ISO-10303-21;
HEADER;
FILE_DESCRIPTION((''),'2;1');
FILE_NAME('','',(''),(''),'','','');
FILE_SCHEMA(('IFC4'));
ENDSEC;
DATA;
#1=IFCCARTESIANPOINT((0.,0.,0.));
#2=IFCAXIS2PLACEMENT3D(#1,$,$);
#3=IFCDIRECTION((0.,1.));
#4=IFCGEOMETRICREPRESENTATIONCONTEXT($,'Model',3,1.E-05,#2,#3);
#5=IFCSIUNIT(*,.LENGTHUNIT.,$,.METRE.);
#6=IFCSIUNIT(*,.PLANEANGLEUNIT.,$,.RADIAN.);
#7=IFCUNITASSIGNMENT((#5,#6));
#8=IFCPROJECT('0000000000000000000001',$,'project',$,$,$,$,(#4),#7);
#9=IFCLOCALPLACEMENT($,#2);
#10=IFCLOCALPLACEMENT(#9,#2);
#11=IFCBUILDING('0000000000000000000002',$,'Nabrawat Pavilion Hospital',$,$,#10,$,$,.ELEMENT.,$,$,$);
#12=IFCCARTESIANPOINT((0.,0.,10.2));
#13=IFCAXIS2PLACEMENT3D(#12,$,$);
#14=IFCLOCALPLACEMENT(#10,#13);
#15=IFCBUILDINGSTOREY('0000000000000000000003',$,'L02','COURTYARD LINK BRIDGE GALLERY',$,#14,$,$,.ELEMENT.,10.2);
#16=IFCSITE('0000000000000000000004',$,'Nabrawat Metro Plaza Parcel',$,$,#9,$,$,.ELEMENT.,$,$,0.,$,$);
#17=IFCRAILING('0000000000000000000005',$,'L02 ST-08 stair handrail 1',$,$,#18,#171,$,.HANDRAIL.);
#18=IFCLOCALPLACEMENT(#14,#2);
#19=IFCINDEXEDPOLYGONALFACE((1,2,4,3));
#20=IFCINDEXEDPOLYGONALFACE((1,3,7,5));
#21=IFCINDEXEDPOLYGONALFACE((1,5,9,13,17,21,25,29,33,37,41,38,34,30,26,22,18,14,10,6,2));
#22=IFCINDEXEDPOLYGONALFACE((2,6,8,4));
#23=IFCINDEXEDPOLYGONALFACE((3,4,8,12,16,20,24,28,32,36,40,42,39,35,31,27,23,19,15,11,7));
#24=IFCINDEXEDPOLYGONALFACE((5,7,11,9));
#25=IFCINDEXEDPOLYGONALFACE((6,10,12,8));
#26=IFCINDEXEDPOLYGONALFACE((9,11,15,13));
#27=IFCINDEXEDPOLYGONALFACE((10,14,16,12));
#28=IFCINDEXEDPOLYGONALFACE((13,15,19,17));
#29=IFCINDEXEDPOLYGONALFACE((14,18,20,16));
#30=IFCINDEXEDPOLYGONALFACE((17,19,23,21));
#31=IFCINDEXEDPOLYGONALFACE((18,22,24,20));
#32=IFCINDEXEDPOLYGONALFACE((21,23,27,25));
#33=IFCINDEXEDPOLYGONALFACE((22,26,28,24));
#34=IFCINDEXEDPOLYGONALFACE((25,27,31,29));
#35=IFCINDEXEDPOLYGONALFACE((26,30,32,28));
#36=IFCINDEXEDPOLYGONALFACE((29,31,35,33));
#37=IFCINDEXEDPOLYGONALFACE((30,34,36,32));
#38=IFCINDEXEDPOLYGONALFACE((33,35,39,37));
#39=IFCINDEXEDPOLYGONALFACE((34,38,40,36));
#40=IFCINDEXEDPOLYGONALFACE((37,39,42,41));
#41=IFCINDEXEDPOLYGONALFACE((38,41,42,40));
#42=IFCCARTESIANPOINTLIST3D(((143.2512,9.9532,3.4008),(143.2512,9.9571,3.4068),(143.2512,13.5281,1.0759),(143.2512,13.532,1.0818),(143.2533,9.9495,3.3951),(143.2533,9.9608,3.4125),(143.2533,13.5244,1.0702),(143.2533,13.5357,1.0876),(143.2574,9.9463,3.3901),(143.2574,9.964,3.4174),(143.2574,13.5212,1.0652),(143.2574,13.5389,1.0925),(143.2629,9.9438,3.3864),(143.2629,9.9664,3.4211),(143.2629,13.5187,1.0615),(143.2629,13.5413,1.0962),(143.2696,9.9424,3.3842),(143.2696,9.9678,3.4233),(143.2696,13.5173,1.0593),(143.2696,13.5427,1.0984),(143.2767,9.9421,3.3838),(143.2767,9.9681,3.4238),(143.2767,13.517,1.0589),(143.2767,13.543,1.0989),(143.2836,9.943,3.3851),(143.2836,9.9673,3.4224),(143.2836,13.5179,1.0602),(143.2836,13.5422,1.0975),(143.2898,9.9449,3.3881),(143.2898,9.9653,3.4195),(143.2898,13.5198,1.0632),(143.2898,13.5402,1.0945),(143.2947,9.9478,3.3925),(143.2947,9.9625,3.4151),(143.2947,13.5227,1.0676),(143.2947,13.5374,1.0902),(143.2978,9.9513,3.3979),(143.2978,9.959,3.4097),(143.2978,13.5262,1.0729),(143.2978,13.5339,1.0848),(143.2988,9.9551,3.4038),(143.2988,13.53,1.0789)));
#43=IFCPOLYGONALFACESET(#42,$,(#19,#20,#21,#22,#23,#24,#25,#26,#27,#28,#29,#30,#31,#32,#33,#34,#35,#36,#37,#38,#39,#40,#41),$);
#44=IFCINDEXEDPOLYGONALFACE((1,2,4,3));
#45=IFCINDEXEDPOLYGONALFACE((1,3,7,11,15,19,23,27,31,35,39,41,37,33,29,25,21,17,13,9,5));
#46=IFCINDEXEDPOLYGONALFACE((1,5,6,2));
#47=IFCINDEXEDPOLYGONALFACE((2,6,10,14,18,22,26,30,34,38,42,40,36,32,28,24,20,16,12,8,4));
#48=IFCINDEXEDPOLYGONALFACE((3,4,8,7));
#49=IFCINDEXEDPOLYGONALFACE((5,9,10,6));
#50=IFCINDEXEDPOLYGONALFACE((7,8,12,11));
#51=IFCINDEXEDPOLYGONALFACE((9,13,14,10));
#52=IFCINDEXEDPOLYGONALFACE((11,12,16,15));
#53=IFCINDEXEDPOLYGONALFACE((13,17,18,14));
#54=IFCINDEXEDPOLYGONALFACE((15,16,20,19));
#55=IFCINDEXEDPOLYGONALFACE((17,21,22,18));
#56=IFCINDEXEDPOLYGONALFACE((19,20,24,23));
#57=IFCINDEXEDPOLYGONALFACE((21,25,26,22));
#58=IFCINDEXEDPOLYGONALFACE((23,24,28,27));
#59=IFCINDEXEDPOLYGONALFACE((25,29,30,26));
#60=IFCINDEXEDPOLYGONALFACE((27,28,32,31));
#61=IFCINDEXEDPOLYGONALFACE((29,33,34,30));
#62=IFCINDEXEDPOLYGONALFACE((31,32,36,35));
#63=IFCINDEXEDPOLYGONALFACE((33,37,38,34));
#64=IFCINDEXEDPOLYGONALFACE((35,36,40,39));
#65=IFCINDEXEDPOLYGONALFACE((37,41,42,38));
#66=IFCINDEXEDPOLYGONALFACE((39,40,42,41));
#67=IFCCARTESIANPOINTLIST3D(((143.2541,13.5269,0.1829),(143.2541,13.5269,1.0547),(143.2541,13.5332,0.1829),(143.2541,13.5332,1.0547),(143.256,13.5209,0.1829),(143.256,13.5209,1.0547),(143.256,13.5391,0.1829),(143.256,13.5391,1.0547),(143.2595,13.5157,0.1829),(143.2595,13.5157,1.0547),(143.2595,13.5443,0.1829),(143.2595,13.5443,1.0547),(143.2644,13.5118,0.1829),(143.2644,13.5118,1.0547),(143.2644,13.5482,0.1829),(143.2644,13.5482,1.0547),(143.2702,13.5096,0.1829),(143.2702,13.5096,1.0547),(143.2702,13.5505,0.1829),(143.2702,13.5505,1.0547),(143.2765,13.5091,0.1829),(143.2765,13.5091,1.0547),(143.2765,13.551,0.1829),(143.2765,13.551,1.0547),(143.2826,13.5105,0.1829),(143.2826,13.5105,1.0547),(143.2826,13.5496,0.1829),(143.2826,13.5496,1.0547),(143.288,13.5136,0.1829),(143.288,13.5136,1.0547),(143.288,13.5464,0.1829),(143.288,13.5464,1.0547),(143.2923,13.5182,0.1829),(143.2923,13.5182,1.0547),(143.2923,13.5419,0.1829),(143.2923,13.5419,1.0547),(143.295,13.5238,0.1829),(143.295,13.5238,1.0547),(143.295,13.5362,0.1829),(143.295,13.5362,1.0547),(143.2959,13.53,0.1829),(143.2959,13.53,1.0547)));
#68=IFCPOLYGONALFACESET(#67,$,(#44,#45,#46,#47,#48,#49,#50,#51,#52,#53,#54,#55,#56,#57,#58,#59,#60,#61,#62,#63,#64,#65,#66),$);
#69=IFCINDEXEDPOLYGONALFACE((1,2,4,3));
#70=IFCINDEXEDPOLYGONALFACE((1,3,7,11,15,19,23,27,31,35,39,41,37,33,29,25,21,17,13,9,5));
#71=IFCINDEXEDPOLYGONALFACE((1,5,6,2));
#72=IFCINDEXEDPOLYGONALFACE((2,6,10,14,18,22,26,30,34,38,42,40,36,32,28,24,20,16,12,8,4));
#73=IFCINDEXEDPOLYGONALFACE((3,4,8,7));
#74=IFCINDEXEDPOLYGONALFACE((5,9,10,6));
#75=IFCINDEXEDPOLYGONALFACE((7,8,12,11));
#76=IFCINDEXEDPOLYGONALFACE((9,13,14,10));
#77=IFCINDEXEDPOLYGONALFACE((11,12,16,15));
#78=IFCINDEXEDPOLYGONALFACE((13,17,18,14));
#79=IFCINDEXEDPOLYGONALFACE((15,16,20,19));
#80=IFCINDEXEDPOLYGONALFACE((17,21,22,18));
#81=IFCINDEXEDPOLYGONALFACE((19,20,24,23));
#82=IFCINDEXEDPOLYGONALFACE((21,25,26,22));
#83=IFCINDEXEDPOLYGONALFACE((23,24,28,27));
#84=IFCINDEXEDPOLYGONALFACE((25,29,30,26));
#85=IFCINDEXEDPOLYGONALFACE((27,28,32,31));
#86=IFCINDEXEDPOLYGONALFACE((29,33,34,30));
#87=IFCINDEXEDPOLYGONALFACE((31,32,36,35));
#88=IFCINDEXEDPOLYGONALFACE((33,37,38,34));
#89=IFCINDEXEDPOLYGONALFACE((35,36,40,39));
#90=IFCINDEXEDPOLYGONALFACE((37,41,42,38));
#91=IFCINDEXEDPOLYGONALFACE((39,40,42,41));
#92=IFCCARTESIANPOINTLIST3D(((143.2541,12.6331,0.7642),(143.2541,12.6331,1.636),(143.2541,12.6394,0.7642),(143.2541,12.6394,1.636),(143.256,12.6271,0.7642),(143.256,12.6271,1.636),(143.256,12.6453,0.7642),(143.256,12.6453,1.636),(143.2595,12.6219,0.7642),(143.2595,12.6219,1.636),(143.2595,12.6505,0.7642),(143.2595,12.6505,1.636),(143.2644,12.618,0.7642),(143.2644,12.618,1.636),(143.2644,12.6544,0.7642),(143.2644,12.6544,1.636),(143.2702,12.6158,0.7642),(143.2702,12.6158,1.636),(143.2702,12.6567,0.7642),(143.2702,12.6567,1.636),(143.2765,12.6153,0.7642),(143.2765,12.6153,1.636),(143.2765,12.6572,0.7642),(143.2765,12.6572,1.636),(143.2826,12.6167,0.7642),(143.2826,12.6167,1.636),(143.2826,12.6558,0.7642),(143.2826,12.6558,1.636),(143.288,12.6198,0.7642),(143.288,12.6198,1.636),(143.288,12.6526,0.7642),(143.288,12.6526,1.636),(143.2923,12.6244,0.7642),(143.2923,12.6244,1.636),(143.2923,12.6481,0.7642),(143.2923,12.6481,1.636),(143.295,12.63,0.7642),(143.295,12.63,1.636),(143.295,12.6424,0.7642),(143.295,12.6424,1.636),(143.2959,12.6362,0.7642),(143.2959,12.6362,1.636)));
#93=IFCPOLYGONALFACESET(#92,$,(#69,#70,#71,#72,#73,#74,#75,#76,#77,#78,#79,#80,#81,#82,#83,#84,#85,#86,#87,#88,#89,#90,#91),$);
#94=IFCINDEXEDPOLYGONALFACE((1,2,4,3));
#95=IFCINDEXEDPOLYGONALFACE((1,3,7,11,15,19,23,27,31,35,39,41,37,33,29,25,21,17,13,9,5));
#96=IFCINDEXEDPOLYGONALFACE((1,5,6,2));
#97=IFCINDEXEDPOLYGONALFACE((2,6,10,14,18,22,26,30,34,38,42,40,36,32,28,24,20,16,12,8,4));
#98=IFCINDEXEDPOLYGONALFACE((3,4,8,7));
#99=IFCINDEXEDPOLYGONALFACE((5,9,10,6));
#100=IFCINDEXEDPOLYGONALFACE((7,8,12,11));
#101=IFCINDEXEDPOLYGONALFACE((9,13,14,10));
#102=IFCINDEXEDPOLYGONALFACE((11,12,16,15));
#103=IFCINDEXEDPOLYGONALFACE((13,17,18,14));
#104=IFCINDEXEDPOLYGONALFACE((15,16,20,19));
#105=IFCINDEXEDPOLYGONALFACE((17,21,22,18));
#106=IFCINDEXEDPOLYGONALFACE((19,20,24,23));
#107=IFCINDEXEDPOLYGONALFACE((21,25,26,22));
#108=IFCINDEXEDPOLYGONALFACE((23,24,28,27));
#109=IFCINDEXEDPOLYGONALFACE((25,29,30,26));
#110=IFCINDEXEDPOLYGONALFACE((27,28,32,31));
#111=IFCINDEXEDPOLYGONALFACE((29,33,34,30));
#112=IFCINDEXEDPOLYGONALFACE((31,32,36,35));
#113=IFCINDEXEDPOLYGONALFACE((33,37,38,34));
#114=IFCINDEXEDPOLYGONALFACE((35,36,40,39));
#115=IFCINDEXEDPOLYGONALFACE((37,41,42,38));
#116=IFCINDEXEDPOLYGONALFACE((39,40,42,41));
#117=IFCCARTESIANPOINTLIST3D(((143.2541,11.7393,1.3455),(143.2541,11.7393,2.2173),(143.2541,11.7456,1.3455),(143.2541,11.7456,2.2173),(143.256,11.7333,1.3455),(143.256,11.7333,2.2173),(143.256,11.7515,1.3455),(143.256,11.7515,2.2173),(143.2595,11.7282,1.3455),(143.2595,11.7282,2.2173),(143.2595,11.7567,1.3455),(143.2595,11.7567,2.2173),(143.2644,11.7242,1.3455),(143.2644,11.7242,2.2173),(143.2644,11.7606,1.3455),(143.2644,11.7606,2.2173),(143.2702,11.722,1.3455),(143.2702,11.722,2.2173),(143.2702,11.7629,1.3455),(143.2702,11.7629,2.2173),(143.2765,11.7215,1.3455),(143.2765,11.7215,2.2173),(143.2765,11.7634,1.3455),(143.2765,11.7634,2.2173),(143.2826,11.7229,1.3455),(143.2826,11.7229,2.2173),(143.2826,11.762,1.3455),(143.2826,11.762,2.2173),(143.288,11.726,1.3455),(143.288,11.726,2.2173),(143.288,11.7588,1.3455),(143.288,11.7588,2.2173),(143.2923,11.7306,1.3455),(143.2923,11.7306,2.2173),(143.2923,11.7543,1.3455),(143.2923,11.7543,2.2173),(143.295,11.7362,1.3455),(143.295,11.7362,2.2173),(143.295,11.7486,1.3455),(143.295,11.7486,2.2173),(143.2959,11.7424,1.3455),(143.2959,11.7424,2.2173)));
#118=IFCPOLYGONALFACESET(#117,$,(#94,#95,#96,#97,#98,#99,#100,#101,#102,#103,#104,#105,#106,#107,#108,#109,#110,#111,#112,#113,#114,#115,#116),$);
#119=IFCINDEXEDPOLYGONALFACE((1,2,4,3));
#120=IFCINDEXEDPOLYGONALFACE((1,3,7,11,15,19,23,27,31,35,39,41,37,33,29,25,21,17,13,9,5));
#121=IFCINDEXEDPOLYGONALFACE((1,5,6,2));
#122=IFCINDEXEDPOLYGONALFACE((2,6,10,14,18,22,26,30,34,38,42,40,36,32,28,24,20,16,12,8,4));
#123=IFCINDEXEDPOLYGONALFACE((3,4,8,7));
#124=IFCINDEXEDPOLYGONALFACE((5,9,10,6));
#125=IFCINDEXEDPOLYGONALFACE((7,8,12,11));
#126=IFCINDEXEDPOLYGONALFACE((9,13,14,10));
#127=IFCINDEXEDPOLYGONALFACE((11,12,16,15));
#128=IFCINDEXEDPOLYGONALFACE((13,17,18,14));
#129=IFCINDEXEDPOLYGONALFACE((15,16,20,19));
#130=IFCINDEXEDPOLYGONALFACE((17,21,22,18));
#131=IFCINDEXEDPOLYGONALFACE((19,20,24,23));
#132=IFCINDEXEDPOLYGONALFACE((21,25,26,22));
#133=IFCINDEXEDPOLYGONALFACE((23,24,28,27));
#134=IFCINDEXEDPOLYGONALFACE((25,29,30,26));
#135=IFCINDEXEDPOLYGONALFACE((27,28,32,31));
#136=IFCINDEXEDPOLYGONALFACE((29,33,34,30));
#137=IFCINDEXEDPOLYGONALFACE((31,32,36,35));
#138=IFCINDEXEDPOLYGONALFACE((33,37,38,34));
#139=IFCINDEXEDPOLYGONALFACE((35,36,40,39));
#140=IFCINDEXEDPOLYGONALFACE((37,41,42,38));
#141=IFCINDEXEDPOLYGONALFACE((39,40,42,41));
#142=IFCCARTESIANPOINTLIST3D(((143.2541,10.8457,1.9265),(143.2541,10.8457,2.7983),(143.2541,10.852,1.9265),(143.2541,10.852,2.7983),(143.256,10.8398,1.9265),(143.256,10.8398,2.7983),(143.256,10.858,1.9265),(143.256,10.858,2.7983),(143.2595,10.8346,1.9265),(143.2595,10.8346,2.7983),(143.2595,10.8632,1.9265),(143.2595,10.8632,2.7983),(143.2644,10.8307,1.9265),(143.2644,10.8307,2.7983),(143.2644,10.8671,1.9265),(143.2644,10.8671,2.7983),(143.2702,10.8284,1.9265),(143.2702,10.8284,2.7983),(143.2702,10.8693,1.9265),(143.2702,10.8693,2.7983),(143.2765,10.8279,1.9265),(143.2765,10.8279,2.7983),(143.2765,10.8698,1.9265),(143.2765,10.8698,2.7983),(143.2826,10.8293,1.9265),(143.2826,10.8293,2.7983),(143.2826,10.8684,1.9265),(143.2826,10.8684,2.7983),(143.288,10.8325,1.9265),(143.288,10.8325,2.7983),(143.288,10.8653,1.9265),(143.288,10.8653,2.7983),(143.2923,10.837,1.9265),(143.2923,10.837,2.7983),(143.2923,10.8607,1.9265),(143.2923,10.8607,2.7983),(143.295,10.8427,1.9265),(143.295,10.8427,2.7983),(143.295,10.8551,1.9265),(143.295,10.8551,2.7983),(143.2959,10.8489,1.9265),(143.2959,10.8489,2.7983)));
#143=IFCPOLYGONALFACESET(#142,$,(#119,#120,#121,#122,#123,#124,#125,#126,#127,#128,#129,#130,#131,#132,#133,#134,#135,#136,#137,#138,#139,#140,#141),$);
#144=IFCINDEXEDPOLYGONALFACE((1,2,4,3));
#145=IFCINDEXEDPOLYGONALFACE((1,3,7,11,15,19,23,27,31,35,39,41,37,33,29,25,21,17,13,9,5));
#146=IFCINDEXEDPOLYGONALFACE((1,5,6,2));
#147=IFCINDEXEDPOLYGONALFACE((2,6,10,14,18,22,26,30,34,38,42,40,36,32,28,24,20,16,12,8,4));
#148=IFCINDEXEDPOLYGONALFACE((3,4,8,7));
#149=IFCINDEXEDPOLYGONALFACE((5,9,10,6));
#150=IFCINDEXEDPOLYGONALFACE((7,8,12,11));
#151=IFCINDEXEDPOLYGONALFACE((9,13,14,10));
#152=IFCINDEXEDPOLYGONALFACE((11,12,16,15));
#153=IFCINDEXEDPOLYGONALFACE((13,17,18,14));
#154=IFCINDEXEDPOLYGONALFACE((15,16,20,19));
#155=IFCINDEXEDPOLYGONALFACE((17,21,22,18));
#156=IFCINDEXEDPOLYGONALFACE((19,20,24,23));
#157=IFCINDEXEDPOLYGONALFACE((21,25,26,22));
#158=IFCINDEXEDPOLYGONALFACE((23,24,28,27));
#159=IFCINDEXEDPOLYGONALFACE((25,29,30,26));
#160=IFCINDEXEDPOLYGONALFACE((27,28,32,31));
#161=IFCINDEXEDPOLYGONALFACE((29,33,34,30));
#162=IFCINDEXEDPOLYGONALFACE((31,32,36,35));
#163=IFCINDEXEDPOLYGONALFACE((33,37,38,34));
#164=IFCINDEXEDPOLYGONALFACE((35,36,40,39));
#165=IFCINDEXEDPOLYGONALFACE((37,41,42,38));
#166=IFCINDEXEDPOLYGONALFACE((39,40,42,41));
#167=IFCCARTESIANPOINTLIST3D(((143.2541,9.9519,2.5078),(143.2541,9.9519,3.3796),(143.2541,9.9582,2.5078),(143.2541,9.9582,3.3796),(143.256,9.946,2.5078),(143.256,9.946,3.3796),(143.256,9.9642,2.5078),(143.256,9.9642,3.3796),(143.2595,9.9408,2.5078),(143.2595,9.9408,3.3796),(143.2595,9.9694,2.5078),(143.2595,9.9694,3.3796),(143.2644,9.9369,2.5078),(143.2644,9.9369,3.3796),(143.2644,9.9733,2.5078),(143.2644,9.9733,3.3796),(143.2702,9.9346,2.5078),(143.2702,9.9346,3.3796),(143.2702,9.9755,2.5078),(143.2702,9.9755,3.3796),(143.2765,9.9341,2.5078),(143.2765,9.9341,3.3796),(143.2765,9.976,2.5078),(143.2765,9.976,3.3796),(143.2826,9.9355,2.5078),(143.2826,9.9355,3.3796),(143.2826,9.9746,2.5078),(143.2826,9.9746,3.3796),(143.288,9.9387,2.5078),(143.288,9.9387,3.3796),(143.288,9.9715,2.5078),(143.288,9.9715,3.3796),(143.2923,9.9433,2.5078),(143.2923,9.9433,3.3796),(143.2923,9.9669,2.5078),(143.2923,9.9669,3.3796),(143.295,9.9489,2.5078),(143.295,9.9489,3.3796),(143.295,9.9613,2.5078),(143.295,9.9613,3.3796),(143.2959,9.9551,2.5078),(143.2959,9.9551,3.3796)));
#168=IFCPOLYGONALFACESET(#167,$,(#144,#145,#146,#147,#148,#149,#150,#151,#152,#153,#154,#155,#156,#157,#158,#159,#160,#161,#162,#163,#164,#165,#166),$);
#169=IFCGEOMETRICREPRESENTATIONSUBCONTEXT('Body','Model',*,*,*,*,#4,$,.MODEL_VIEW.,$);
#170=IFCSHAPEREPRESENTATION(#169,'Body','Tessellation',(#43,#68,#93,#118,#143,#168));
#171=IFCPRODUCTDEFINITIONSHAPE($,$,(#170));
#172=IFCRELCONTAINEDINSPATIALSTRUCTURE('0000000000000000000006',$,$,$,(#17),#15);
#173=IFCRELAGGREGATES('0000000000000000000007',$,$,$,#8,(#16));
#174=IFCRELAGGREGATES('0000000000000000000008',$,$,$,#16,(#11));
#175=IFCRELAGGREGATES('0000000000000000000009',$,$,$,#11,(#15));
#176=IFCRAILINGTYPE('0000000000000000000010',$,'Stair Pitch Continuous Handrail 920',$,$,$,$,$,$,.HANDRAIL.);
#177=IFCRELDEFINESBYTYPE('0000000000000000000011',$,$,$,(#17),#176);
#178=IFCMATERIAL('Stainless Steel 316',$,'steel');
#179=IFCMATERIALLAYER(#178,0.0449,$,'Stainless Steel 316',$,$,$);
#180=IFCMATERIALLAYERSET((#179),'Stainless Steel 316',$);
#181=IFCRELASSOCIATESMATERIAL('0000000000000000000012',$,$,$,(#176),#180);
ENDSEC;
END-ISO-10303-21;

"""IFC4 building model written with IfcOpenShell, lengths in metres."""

from ifc_helpers import new_model, si_unit, direction, frame, origin, origin_2d, place, context, subcontext, project, spatial, circle, extrude, material, layer, layer_set, type_object, element, save


model = new_model("IFC4")

# Units and contexts
model_context = context("Model", 3, precision=1e-05, world=origin(), true_north=direction((0.0, 1.0)))
body_context = subcontext(model_context, "Body", "Model", "MODEL_VIEW")
ifc_project = project(units=[si_unit("LENGTHUNIT", "METRE"), si_unit("PLANEANGLEUNIT", "RADIAN")], contexts=[model_context])

# Site, building, storey
site_placement = place(None, origin())
site = spatial("IfcSite", under=ifc_project, at=site_placement, Name="Nabrawat Metro Plaza Parcel", CompositionType="ELEMENT", RefElevation=0.0)
building_placement = place(site_placement, origin())
building = spatial("IfcBuilding", under=site, at=building_placement, Name="Nabrawat Pavilion Hospital", CompositionType="ELEMENT")
storey_placement = place(building_placement, frame((0.0, 0.0, 10.2)))
storey = spatial("IfcBuildingStorey", under=building, at=storey_placement, Name="L02", Description="COURTYARD LINK BRIDGE GALLERY", CompositionType="ELEMENT", Elevation=10.2)

# Railing
ifc_material_1 = material(Name="Stainless Steel 316", Category="steel")
ifc_layer_1 = layer(ifc_material_1, 0.0449, Name="Stainless Steel 316")
ifc_layer_set_1 = layer_set([ifc_layer_1], Name="Stainless Steel 316")
railing_type_1 = type_object("IfcRailingType", Name="Stair Pitch Continuous Handrail 920", PredefinedType="HANDRAIL", material=ifc_layer_set_1)
railing_1_placement = place(storey_placement, frame((143.2749, 13.53, 0.1829)))
element("IfcRailing", 1, at=railing_1_placement, inside=storey, type_object=railing_type_1, Name="L02 ST-08 stair handrail 1", PredefinedType="HANDRAIL", context=body_context, shape_type="SweptSolid", body=[
    extrude(circle(Radius=0.0239, at=origin_2d()), frame((0.0, 0.0, 0.896), z_axis=(0.0, -0.838311, 0.545192), x_axis=(1.0, 0.0, 0.0)), (0.0, 0.0, 1.0), 4.2644),
    extrude(circle(Radius=0.021, at=origin_2d()), origin(), (0.0, 0.0, 1.0), 0.8718),
    extrude(circle(Radius=0.021, at=origin_2d()), frame((0.0, -0.8938, 0.5813)), (0.0, 0.0, 1.0), 0.8718),
    extrude(circle(Radius=0.021, at=origin_2d()), frame((0.0, -1.7876, 1.1626)), (0.0, 0.0, 1.0), 0.8718),
    extrude(circle(Radius=0.021, at=origin_2d()), frame((0.0, -2.6812, 1.7437)), (0.0, 0.0, 1.0), 0.8718),
    extrude(circle(Radius=0.021, at=origin_2d()), frame((0.0, -3.575, 2.325)), (0.0, 0.0, 1.0), 0.8718),
])

save(model, "model.ifc")
